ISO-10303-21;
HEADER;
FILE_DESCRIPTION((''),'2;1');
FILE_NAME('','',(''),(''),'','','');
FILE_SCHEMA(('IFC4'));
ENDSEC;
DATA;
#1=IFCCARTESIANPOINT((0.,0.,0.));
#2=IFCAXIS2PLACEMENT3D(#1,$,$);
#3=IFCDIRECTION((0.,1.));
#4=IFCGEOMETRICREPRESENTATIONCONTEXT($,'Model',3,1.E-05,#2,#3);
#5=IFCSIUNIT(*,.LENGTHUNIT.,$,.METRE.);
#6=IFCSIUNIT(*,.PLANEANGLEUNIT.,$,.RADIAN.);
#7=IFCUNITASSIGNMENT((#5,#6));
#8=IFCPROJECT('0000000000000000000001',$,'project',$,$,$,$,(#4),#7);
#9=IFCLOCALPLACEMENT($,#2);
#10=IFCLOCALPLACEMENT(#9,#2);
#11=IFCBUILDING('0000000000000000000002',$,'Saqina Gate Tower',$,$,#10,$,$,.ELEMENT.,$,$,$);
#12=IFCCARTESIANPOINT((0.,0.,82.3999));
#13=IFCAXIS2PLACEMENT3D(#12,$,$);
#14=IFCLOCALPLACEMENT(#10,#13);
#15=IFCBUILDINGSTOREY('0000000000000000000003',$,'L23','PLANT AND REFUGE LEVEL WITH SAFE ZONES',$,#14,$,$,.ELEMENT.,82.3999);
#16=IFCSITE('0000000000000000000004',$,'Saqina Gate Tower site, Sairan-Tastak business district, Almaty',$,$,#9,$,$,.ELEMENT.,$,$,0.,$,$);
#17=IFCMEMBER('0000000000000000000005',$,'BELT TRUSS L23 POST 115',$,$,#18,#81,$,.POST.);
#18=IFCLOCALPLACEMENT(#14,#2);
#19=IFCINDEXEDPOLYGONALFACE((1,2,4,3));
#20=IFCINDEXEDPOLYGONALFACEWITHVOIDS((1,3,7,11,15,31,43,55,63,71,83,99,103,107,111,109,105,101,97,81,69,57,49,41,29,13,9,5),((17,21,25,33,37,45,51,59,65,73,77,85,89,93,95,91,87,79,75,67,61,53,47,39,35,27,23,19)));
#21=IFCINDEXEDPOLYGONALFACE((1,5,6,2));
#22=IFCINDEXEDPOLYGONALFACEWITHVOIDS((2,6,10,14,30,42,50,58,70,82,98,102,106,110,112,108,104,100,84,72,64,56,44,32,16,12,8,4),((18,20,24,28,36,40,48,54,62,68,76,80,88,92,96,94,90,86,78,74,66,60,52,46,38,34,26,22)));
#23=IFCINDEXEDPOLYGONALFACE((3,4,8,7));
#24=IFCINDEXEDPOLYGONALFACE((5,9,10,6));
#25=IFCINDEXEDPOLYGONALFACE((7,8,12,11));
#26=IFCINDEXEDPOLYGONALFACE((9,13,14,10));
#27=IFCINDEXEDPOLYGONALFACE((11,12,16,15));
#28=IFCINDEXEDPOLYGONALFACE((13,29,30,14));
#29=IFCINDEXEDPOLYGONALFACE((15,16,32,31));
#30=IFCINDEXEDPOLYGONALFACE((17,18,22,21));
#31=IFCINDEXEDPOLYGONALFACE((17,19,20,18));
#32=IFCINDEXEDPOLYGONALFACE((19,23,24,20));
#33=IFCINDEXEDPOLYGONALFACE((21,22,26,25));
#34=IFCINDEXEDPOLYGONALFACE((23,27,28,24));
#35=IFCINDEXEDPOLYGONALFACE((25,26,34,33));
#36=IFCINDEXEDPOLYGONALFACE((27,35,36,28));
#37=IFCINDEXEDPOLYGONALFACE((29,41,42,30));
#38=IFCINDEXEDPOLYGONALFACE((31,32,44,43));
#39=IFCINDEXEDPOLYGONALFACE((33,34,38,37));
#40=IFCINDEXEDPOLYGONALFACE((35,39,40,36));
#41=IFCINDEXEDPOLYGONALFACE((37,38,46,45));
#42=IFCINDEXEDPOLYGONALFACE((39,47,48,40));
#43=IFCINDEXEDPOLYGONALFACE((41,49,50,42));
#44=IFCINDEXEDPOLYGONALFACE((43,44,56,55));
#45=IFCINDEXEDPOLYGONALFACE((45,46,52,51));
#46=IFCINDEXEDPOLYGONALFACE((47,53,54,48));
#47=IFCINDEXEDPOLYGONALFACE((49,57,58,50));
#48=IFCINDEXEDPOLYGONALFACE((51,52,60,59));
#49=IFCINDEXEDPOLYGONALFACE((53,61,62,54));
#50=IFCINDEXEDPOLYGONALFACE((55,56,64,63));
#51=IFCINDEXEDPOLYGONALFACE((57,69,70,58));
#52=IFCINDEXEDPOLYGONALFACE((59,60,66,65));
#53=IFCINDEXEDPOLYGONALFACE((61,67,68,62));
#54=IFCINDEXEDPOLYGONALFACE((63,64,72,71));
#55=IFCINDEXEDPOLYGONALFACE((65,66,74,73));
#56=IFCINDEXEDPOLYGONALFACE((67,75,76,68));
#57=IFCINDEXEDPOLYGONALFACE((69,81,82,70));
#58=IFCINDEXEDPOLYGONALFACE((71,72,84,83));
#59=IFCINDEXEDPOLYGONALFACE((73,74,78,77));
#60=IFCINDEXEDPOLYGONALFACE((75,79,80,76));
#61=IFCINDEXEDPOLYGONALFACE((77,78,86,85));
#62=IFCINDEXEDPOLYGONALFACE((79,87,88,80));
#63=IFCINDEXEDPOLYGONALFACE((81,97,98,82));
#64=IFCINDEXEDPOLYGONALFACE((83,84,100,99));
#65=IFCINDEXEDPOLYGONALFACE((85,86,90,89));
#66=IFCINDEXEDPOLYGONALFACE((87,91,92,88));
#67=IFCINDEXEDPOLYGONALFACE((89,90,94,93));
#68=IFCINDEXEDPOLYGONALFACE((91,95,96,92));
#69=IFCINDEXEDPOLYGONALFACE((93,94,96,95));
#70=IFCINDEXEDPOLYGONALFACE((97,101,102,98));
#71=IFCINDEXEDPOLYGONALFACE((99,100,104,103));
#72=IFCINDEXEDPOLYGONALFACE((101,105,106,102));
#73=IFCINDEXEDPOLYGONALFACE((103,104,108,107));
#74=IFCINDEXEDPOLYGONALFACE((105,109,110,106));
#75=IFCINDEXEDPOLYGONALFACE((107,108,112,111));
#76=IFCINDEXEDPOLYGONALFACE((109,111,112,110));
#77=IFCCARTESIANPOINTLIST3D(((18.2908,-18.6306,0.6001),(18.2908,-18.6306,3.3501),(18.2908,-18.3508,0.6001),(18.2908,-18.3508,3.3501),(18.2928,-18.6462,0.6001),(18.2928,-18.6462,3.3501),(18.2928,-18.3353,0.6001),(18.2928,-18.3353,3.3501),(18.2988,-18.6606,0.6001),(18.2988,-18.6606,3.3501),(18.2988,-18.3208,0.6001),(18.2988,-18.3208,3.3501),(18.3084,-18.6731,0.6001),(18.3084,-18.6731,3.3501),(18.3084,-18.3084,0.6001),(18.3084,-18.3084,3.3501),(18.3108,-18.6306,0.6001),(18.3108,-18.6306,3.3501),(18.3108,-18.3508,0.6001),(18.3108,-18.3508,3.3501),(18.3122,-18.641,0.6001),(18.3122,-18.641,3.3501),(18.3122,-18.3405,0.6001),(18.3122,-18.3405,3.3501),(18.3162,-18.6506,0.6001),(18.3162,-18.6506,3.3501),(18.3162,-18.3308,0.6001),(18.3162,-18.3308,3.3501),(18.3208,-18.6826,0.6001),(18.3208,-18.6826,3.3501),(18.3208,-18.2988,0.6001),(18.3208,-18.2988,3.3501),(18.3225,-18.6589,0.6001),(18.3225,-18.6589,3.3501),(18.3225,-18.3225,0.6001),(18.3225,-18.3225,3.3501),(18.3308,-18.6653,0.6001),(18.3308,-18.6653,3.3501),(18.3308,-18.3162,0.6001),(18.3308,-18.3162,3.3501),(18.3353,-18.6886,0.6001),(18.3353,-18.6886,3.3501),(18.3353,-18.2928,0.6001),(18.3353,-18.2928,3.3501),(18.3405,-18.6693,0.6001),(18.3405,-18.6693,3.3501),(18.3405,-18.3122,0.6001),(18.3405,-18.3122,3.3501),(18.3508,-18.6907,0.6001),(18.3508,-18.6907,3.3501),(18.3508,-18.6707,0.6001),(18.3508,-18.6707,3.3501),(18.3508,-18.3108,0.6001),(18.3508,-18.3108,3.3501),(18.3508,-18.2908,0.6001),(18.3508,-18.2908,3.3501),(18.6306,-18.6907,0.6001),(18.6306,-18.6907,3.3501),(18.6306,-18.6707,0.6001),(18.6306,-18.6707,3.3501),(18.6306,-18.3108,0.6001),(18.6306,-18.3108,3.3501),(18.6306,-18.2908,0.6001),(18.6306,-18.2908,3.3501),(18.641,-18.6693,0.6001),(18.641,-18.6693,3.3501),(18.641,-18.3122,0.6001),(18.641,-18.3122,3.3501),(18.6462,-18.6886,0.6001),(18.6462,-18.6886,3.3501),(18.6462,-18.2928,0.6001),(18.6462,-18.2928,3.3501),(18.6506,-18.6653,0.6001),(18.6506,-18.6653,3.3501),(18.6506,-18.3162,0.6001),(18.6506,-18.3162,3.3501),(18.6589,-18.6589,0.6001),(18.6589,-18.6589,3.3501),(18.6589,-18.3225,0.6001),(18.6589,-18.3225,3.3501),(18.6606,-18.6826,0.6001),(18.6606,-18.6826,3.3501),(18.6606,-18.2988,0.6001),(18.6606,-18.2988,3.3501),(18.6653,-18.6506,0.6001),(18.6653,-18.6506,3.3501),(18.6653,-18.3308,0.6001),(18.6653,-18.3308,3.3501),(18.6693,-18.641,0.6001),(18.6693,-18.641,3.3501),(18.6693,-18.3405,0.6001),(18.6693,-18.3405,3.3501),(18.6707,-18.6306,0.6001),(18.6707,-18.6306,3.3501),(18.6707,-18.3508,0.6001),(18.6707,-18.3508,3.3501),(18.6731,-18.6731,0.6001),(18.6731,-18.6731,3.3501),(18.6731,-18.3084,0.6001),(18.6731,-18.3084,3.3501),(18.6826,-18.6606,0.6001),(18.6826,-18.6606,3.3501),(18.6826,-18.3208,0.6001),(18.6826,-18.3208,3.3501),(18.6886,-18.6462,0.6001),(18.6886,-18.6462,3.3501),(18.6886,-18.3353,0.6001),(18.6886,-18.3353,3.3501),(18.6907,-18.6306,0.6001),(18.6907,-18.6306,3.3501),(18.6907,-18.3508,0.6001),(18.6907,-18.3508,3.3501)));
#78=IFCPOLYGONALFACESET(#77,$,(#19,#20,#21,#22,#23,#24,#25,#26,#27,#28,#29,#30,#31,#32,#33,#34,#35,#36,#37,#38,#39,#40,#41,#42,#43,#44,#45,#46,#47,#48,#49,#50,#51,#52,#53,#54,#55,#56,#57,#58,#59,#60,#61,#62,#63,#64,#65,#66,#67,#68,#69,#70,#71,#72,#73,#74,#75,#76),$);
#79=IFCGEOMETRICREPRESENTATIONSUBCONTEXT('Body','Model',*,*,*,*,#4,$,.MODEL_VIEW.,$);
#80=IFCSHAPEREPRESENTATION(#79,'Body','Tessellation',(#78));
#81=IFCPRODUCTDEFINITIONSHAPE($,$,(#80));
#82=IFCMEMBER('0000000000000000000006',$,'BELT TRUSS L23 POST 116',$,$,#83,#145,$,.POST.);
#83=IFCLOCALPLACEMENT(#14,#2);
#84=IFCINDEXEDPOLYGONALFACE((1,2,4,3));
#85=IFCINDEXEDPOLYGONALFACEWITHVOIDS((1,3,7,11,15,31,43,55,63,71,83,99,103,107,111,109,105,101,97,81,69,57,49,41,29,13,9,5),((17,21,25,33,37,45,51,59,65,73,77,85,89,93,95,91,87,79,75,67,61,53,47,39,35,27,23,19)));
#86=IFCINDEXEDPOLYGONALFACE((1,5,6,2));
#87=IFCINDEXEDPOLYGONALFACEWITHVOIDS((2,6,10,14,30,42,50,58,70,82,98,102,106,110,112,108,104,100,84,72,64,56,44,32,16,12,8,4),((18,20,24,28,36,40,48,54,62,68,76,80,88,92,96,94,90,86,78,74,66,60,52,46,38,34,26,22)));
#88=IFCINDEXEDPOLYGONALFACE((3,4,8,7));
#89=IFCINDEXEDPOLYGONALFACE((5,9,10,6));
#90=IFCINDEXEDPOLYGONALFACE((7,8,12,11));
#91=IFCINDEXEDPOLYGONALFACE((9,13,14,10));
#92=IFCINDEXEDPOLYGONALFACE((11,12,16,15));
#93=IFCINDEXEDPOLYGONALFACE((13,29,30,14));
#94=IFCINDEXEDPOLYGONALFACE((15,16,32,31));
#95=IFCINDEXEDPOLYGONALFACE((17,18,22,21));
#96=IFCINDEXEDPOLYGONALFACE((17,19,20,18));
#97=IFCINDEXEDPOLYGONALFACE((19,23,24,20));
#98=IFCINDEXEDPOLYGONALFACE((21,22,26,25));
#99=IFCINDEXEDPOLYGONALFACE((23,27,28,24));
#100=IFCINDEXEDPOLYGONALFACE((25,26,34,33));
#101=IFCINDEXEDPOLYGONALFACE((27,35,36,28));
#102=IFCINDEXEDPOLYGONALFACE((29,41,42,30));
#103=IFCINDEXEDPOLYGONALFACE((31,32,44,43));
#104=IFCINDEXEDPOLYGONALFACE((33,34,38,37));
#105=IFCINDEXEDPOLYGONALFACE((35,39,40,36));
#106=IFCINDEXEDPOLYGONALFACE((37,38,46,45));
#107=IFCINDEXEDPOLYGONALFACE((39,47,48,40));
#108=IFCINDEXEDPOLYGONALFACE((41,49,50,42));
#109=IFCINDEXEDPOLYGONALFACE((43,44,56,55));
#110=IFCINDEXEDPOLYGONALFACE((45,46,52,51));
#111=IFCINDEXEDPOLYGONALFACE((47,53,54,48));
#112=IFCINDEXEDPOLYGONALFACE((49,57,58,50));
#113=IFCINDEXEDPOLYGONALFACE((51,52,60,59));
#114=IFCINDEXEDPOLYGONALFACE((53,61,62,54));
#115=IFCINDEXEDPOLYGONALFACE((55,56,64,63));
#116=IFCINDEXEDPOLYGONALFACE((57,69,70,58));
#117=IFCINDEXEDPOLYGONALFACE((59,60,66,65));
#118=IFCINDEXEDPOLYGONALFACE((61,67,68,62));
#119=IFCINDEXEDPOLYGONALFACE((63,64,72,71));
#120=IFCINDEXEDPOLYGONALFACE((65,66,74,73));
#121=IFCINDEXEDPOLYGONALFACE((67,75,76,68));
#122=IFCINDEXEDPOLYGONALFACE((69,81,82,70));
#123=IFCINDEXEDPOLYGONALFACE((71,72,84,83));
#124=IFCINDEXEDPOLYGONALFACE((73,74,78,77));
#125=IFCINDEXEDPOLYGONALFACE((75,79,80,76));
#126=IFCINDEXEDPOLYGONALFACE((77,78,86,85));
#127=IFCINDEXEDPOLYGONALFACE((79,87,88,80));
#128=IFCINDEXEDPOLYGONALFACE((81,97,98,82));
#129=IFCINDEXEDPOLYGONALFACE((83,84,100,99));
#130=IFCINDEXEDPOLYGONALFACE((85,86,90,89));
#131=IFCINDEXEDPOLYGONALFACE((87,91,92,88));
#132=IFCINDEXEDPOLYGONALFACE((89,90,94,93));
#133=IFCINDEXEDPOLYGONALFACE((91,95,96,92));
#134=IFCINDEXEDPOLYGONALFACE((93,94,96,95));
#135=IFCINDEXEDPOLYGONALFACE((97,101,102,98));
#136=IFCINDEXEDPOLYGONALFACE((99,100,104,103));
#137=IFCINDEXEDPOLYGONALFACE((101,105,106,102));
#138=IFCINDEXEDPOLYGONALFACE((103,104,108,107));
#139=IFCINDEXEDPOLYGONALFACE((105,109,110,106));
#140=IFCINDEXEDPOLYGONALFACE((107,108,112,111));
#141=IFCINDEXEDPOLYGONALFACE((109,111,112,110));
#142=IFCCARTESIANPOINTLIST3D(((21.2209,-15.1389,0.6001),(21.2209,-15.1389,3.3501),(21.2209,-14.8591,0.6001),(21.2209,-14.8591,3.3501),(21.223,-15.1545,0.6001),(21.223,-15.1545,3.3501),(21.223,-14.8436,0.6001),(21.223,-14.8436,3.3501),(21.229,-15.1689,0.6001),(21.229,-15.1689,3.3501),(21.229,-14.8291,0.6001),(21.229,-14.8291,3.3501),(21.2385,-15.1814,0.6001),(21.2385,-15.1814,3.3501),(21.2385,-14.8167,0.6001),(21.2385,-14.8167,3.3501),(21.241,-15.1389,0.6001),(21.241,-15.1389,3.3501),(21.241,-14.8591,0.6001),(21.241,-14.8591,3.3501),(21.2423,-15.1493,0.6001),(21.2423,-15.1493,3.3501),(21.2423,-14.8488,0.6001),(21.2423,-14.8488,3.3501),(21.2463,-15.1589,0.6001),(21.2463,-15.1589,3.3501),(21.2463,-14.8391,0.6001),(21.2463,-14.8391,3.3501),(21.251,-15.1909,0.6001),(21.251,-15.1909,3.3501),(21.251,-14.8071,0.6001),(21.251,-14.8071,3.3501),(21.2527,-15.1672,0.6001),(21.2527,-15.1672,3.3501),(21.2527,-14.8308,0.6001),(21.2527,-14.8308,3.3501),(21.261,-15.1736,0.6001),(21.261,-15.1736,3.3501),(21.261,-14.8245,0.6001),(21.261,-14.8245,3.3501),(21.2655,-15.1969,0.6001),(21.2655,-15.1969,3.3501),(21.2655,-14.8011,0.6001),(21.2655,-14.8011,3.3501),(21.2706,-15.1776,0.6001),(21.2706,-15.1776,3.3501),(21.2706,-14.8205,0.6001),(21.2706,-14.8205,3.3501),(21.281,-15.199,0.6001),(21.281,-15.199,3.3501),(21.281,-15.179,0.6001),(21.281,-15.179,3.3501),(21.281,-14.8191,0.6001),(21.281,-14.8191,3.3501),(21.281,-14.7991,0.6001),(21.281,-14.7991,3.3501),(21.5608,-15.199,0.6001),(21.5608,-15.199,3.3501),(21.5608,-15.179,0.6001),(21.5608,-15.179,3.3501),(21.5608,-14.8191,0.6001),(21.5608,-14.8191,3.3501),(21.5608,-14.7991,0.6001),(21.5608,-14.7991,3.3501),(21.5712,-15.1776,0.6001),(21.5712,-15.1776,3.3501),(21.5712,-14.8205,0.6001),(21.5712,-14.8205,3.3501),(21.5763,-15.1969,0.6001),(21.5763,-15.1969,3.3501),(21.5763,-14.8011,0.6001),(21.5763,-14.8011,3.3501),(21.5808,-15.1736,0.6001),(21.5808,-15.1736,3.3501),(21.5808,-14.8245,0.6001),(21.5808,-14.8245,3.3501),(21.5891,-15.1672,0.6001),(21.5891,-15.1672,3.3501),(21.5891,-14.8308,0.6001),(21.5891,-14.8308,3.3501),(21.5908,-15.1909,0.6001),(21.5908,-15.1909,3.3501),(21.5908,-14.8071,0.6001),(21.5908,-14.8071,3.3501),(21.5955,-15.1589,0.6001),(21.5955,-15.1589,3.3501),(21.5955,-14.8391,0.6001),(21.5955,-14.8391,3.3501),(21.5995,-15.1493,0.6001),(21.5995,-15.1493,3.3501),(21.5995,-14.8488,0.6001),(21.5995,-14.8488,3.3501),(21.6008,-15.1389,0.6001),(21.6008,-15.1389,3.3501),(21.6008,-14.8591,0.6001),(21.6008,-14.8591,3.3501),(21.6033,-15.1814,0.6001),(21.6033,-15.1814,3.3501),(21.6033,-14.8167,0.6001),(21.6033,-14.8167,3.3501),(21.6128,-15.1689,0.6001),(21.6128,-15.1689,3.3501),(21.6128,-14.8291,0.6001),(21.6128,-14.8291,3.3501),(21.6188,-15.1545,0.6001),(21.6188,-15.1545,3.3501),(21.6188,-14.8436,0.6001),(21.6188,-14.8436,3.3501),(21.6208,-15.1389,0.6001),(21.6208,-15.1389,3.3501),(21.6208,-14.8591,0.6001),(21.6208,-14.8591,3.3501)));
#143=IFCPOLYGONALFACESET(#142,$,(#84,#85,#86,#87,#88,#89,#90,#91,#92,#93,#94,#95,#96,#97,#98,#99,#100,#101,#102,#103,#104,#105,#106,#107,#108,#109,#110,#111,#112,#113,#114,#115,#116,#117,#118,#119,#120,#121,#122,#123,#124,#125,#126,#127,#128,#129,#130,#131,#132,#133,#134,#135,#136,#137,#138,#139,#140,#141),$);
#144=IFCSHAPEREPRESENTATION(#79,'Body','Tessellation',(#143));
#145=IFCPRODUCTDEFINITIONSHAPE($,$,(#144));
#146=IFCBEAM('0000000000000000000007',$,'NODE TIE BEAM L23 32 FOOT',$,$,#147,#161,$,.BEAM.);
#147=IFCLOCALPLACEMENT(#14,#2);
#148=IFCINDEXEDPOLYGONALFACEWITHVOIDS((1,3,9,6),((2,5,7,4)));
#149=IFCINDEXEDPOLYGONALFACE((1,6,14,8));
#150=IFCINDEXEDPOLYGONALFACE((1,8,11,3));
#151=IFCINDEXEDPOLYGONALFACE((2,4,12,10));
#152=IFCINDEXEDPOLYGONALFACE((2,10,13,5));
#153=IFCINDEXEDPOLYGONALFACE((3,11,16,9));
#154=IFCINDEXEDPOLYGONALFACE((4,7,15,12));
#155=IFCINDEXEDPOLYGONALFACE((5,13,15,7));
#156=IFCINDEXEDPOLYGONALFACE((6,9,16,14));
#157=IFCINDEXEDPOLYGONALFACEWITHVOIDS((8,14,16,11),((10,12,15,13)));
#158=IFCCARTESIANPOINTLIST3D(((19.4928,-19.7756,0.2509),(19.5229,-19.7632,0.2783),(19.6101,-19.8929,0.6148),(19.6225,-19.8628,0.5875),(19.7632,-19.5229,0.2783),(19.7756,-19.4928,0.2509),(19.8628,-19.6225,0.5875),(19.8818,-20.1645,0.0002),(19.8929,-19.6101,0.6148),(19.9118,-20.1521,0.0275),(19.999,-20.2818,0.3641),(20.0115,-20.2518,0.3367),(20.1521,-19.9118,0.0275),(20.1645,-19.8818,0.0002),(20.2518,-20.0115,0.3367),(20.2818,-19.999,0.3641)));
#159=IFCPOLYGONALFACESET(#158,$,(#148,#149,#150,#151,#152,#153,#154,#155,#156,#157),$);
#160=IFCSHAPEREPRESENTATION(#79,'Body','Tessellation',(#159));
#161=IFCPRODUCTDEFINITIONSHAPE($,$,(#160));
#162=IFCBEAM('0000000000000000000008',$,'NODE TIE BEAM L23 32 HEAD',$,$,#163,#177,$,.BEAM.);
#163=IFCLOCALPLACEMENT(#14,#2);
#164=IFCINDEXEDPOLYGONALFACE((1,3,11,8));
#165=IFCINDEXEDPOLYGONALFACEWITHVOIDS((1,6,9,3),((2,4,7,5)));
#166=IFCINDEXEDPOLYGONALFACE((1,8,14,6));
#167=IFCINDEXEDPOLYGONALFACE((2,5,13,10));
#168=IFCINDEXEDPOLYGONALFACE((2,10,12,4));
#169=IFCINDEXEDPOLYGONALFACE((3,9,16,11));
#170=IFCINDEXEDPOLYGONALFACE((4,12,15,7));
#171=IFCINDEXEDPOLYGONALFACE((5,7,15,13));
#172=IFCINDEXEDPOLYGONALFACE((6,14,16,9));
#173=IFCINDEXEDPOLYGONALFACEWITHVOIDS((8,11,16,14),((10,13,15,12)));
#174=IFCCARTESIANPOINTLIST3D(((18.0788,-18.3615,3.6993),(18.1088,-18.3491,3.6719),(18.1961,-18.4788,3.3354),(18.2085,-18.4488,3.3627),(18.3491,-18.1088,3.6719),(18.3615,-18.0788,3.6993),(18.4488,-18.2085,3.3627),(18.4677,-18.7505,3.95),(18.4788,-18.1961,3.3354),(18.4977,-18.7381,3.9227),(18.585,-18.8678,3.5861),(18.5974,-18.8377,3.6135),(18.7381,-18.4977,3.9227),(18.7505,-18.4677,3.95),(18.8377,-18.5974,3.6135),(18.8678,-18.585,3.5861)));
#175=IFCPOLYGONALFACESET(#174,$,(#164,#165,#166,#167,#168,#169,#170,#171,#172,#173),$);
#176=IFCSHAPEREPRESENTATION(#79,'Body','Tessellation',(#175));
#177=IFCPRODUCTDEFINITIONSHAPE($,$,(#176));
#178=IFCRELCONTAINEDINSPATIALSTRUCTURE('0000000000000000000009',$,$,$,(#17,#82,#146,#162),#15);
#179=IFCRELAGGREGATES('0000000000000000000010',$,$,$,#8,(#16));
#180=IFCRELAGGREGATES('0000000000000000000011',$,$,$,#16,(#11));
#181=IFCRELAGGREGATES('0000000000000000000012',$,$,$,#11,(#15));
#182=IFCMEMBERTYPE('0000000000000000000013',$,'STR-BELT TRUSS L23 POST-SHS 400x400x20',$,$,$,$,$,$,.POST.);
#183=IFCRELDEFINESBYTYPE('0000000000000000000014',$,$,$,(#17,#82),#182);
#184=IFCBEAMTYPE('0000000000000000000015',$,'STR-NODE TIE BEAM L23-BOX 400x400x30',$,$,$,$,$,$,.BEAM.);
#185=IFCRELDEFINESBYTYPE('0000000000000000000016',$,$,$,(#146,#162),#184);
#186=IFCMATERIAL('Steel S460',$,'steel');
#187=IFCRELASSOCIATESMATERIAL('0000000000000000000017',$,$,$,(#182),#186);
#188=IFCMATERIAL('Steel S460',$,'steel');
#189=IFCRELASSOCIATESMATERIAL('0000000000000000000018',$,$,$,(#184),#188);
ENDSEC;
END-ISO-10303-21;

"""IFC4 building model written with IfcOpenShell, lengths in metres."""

from ifc_helpers import new_model, si_unit, direction, frame, origin, origin_2d, place, context, subcontext, project, spatial, hollow_rectangle, extrude, material, material_profile, profile_set, type_object, element, save


model = new_model("IFC4")

# Units and contexts
model_context = context("Model", 3, precision=1e-05, world=origin(), true_north=direction((0.0, 1.0)))
body_context = subcontext(model_context, "Body", "Model", "MODEL_VIEW")
ifc_project = project(units=[si_unit("LENGTHUNIT", "METRE"), si_unit("PLANEANGLEUNIT", "RADIAN")], contexts=[model_context])

# Site, building, storey
site_placement = place(None, origin())
site = spatial("IfcSite", under=ifc_project, at=site_placement, Name="Saqina Gate Tower site, Sairan-Tastak business district, Almaty", CompositionType="ELEMENT", RefElevation=0.0)
building_placement = place(site_placement, origin())
building = spatial("IfcBuilding", under=site, at=building_placement, Name="Saqina Gate Tower", CompositionType="ELEMENT")
storey_placement = place(building_placement, frame((0.0, 0.0, 82.3999)))
storey = spatial("IfcBuildingStorey", under=building, at=storey_placement, Name="L23", Description="PLANT AND REFUGE LEVEL WITH SAFE ZONES", CompositionType="ELEMENT", Elevation=82.3999)

# Members
ifc_material_1 = material(Name="Steel S460", Category="steel")
ifc_material_profile_1 = material_profile(ifc_material_1, hollow_rectangle(XDim=0.3999, YDim=0.3999, WallThickness=0.02, InnerFilletRadius=0.04, OuterFilletRadius=0.0601, at=origin_2d()), Name="SHS 400x400x20")
ifc_profile_set_1 = profile_set([ifc_material_profile_1], Name="Steel S460")
member_type_1 = type_object("IfcMemberType", Name="STR-BELT TRUSS L23 POST-SHS 400x400x20", PredefinedType="POST", material=ifc_profile_set_1)
for number, where, z_axis, x_axis, name in (
    (1, (18.4907, -18.4907, 0.6001), (0.0, 0.0, 1.0), (1.0, 0.0, 0.0), "BELT TRUSS L23 POST 115"),
    (2, (21.4209, -14.999, 0.6001), (0.0, 0.0, 1.0), (1.0, 0.0, 0.0), "BELT TRUSS L23 POST 116"),
):
    element("IfcMember", number, at=place(storey_placement, frame(where, z_axis=z_axis, x_axis=x_axis)), inside=storey, type_object=member_type_1, Name=name, PredefinedType="POST", context=body_context, shape_type="SweptSolid", body=[
        extrude(hollow_rectangle(XDim=0.3999, YDim=0.3999, WallThickness=0.02, InnerFilletRadius=0.04, OuterFilletRadius=0.0601, at=origin_2d()), origin(), (0.0, 0.0, 1.0), 2.75),
    ])

# Beams
ifc_material_2 = material(Name="Steel S460", Category="steel")
ifc_material_profile_2 = material_profile(ifc_material_2, hollow_rectangle(XDim=0.3999, YDim=0.3999, WallThickness=0.03, at=origin_2d()), Name="BOX 400x400x30")
ifc_profile_set_2 = profile_set([ifc_material_profile_2], Name="Steel S460")
beam_type = type_object("IfcBeamType", Name="STR-NODE TIE BEAM L23-BOX 400x400x30", PredefinedType="BEAM", material=ifc_profile_set_2)
for number, where, z_axis, x_axis, name in (
    (3, (20.0818, -20.0818, 0.1821), (-0.643405, 0.643405, 0.4148), (-0.707107, -0.707107, 0.0), "NODE TIE BEAM L23 32 FOOT"),
    (4, (18.2788, -18.2788, 3.5173), (0.643405, -0.643405, 0.4148), (0.707107, 0.707107, 0.0), "NODE TIE BEAM L23 32 HEAD"),
):
    element("IfcBeam", number, at=place(storey_placement, frame(where, z_axis=z_axis, x_axis=x_axis)), inside=storey, type_object=beam_type, Name=name, PredefinedType="BEAM", context=body_context, shape_type="SweptSolid", body=[
        extrude(hollow_rectangle(XDim=0.3999, YDim=0.3999, WallThickness=0.03, at=origin_2d()), origin(), (0.0, 0.0, 1.0), 0.6045),
    ])

save(model, "model.ifc")
